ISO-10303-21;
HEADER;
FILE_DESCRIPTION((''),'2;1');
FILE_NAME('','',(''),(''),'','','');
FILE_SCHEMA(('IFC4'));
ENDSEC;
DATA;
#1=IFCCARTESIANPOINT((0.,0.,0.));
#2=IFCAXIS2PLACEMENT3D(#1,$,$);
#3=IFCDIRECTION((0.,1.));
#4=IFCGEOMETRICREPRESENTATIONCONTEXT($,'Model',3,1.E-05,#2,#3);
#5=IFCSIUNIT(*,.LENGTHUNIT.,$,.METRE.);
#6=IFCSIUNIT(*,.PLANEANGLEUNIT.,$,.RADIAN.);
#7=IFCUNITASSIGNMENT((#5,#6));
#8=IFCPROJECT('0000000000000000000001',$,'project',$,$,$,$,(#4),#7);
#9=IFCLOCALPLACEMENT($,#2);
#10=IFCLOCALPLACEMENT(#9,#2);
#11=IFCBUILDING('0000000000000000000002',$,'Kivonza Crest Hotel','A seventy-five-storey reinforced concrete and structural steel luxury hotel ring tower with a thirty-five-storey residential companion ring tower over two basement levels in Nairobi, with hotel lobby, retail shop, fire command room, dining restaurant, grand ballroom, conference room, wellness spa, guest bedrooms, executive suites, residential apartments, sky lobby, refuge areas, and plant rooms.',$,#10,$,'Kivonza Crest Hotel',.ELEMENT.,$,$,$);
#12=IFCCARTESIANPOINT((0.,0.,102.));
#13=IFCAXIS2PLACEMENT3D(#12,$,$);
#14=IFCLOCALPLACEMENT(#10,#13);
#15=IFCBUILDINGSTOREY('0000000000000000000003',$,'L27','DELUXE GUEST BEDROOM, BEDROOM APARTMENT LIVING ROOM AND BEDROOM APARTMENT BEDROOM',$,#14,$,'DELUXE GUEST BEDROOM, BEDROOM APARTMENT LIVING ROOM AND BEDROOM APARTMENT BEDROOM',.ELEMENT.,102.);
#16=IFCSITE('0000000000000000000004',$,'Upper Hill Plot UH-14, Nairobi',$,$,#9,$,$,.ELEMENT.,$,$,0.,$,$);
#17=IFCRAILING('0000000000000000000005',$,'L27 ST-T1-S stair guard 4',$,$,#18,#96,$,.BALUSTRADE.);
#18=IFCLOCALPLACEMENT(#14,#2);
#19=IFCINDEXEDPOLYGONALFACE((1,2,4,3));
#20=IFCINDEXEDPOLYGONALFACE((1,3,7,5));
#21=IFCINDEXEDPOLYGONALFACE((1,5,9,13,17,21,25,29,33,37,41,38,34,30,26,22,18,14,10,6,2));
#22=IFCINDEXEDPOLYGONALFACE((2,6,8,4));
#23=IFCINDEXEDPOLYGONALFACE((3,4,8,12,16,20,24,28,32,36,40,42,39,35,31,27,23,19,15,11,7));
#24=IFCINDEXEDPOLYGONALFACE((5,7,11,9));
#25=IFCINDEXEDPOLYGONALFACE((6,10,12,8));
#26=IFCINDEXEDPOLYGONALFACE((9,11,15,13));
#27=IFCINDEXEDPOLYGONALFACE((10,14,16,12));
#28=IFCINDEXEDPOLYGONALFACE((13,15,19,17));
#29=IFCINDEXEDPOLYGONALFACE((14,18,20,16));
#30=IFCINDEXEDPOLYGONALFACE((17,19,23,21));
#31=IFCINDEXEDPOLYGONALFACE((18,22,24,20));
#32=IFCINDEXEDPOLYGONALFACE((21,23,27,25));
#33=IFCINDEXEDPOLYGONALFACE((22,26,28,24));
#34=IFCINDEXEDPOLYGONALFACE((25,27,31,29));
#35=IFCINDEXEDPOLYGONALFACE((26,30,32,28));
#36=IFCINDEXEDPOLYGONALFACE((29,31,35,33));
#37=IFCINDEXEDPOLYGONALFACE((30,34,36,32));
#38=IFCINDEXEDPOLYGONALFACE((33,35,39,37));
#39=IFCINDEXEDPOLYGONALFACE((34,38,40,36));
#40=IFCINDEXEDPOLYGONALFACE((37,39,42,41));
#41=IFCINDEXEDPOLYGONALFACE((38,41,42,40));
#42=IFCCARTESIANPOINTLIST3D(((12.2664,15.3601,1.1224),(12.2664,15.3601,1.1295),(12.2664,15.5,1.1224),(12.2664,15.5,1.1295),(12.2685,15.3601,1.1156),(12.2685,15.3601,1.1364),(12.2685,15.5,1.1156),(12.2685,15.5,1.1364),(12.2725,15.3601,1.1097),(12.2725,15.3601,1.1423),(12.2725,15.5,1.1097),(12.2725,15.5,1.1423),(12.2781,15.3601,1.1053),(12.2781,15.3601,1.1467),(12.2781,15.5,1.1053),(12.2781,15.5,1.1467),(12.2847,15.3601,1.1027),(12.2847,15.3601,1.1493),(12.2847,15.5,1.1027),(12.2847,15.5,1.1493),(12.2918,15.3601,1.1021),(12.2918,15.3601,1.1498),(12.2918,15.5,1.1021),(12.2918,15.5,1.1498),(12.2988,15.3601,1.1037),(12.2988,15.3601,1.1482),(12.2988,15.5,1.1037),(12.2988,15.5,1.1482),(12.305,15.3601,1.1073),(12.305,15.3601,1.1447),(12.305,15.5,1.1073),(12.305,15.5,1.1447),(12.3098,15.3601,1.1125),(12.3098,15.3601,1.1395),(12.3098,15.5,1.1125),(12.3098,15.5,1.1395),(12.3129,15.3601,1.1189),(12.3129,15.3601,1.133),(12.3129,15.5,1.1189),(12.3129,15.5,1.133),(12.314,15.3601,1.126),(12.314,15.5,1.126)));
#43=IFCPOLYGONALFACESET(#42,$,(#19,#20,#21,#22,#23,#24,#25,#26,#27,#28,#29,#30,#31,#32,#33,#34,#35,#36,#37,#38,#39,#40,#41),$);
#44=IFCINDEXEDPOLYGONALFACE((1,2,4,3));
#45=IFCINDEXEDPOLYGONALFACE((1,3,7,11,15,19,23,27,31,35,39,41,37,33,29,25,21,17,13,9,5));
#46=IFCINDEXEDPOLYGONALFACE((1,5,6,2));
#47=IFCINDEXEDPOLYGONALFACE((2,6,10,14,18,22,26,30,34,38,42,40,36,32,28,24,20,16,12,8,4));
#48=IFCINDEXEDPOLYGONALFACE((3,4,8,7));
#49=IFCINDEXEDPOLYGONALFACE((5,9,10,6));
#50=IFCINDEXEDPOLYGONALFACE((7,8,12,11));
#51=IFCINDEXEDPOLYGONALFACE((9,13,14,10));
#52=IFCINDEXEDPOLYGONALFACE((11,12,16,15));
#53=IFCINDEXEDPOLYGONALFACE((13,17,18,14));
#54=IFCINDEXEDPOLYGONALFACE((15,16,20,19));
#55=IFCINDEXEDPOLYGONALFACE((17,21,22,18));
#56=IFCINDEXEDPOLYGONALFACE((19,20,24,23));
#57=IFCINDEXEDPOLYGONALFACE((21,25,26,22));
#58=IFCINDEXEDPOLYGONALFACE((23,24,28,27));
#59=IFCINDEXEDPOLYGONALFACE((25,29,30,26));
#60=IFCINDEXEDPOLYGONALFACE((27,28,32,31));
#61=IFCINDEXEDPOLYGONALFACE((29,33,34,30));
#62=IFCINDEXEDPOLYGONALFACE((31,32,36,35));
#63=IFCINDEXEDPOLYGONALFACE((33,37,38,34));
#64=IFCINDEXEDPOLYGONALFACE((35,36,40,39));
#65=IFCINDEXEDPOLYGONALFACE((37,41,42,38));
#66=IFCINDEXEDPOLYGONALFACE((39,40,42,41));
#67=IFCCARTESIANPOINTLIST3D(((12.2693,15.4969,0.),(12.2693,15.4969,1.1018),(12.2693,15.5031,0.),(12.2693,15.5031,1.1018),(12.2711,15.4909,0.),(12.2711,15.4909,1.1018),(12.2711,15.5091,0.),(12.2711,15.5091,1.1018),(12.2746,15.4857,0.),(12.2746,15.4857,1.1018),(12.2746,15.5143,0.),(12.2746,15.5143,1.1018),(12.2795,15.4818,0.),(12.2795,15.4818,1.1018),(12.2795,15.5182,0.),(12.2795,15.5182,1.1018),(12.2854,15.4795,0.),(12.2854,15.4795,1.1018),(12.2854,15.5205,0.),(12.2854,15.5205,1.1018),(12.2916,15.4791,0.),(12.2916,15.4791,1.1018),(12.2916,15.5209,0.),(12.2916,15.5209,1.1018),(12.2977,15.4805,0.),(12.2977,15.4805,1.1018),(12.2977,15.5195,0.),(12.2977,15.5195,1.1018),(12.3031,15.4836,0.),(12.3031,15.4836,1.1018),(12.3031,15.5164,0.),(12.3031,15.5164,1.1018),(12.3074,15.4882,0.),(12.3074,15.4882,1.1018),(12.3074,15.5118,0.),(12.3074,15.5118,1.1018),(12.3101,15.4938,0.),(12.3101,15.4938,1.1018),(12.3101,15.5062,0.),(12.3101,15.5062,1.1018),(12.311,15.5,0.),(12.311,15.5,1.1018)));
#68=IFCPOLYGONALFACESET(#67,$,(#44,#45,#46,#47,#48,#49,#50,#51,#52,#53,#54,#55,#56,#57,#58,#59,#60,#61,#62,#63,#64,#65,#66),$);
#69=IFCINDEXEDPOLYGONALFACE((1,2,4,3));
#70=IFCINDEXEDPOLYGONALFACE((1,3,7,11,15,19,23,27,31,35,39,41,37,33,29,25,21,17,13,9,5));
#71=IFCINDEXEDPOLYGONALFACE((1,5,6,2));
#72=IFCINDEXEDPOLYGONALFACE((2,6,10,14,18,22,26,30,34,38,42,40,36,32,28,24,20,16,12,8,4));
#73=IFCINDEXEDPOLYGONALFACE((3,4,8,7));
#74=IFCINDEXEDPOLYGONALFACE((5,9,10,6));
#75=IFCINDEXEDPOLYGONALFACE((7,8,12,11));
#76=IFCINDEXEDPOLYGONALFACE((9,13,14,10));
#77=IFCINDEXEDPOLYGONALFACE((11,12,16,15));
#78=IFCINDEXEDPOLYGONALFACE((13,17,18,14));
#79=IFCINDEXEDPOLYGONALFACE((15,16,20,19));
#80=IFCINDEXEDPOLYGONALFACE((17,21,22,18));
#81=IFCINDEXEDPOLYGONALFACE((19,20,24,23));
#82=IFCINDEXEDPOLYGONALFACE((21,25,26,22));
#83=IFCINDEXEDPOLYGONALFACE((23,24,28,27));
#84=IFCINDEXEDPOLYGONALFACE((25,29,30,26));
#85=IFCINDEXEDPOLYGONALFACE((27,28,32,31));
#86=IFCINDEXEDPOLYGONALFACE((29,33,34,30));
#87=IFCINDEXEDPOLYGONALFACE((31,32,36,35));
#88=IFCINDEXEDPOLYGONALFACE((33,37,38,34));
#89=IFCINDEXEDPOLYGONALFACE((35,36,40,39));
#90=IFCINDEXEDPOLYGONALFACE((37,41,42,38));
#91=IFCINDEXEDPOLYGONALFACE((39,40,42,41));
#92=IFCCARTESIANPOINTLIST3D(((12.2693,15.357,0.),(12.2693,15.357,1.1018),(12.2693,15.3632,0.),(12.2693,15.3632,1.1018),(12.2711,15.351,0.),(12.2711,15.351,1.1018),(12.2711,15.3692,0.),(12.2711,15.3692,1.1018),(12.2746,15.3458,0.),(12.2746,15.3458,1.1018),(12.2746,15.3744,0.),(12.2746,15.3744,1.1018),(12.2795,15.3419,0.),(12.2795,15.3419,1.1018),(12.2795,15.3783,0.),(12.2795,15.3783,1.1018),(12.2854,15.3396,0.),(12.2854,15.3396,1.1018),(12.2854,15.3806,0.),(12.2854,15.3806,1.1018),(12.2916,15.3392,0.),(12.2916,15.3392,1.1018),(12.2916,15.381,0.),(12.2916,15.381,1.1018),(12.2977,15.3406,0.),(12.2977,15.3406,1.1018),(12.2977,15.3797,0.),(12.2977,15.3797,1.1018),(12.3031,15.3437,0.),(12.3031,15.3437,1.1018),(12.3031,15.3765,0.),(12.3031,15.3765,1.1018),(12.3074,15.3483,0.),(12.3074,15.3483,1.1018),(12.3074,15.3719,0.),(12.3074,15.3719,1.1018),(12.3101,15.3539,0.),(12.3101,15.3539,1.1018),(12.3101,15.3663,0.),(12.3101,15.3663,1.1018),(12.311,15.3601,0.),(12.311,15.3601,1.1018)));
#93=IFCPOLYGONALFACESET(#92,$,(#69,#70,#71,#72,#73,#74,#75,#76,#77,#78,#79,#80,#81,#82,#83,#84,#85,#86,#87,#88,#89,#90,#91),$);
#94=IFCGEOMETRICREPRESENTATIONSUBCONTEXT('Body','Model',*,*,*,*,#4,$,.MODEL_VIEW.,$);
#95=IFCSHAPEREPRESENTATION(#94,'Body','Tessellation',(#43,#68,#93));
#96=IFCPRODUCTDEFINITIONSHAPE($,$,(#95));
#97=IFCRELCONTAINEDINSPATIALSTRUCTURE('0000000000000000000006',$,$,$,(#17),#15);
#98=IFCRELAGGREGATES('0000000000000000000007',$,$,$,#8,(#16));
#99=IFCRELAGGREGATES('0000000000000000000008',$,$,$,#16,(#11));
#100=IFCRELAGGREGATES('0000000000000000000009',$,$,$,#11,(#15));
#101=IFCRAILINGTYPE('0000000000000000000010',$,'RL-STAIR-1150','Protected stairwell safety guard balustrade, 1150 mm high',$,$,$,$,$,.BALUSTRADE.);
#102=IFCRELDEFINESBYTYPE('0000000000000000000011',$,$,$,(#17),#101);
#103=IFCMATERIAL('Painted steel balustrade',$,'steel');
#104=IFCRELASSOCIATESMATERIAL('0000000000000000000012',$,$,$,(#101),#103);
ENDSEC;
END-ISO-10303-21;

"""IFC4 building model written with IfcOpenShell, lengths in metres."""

from ifc_helpers import new_model, si_unit, direction, frame, origin, origin_2d, place, context, subcontext, project, spatial, circle, extrude, material, type_object, element, save


model = new_model("IFC4")

# Units and contexts
model_context = context("Model", 3, precision=1e-05, world=origin(), true_north=direction((0.0, 1.0)))
body_context = subcontext(model_context, "Body", "Model", "MODEL_VIEW")
ifc_project = project(units=[si_unit("LENGTHUNIT", "METRE"), si_unit("PLANEANGLEUNIT", "RADIAN")], contexts=[model_context])

# Site, building, storey
site_placement = place(None, origin())
site = spatial("IfcSite", under=ifc_project, at=site_placement, Name="Upper Hill Plot UH-14, Nairobi", CompositionType="ELEMENT", RefElevation=0.0)
building_placement = place(site_placement, origin())
building = spatial("IfcBuilding", under=site, at=building_placement, Name="Kivonza Crest Hotel", Description="A seventy-five-storey reinforced concrete and structural steel luxury hotel ring tower with a thirty-five-storey residential companion ring tower over two basement levels in Nairobi, with hotel lobby, retail shop, fire command room, dining restaurant, grand ballroom, conference room, wellness spa, guest bedrooms, executive suites, residential apartments, sky lobby, refuge areas, and plant rooms.", LongName="Kivonza Crest Hotel", CompositionType="ELEMENT")
storey_placement = place(building_placement, frame((0.0, 0.0, 102.0)))
storey = spatial("IfcBuildingStorey", under=building, at=storey_placement, Name="L27", Description="DELUXE GUEST BEDROOM, BEDROOM APARTMENT LIVING ROOM AND BEDROOM APARTMENT BEDROOM", LongName="DELUXE GUEST BEDROOM, BEDROOM APARTMENT LIVING ROOM AND BEDROOM APARTMENT BEDROOM", CompositionType="ELEMENT", Elevation=102.0)

# Railing
ifc_material_1 = material(Name="Painted steel balustrade", Category="steel")
railing_type_1 = type_object("IfcRailingType", Name="RL-STAIR-1150", Description="Protected stairwell safety guard balustrade, 1150 mm high", PredefinedType="BALUSTRADE", material=ifc_material_1)
railing_1_placement = place(storey_placement, frame((12.29, 15.5, 0.0)))
element("IfcRailing", 1, at=railing_1_placement, inside=storey, type_object=railing_type_1, Name="L27 ST-T1-S stair guard 4", PredefinedType="BALUSTRADE", context=body_context, shape_type="SweptSolid", body=[
    extrude(circle(Radius=0.0239, at=origin_2d()), frame((0.0, 0.0, 1.126), z_axis=(0.0, -1.0, 0.0), x_axis=(1.0, 0.0, 0.0)), (0.0, 0.0, 1.0), 0.1399),
    extrude(circle(Radius=0.021, at=origin_2d()), origin(), (0.0, 0.0, 1.0), 1.1018),
    extrude(circle(Radius=0.021, at=origin_2d()), frame((0.0, -0.1399, 0.0)), (0.0, 0.0, 1.0), 1.1018),
])

save(model, "model.ifc")
